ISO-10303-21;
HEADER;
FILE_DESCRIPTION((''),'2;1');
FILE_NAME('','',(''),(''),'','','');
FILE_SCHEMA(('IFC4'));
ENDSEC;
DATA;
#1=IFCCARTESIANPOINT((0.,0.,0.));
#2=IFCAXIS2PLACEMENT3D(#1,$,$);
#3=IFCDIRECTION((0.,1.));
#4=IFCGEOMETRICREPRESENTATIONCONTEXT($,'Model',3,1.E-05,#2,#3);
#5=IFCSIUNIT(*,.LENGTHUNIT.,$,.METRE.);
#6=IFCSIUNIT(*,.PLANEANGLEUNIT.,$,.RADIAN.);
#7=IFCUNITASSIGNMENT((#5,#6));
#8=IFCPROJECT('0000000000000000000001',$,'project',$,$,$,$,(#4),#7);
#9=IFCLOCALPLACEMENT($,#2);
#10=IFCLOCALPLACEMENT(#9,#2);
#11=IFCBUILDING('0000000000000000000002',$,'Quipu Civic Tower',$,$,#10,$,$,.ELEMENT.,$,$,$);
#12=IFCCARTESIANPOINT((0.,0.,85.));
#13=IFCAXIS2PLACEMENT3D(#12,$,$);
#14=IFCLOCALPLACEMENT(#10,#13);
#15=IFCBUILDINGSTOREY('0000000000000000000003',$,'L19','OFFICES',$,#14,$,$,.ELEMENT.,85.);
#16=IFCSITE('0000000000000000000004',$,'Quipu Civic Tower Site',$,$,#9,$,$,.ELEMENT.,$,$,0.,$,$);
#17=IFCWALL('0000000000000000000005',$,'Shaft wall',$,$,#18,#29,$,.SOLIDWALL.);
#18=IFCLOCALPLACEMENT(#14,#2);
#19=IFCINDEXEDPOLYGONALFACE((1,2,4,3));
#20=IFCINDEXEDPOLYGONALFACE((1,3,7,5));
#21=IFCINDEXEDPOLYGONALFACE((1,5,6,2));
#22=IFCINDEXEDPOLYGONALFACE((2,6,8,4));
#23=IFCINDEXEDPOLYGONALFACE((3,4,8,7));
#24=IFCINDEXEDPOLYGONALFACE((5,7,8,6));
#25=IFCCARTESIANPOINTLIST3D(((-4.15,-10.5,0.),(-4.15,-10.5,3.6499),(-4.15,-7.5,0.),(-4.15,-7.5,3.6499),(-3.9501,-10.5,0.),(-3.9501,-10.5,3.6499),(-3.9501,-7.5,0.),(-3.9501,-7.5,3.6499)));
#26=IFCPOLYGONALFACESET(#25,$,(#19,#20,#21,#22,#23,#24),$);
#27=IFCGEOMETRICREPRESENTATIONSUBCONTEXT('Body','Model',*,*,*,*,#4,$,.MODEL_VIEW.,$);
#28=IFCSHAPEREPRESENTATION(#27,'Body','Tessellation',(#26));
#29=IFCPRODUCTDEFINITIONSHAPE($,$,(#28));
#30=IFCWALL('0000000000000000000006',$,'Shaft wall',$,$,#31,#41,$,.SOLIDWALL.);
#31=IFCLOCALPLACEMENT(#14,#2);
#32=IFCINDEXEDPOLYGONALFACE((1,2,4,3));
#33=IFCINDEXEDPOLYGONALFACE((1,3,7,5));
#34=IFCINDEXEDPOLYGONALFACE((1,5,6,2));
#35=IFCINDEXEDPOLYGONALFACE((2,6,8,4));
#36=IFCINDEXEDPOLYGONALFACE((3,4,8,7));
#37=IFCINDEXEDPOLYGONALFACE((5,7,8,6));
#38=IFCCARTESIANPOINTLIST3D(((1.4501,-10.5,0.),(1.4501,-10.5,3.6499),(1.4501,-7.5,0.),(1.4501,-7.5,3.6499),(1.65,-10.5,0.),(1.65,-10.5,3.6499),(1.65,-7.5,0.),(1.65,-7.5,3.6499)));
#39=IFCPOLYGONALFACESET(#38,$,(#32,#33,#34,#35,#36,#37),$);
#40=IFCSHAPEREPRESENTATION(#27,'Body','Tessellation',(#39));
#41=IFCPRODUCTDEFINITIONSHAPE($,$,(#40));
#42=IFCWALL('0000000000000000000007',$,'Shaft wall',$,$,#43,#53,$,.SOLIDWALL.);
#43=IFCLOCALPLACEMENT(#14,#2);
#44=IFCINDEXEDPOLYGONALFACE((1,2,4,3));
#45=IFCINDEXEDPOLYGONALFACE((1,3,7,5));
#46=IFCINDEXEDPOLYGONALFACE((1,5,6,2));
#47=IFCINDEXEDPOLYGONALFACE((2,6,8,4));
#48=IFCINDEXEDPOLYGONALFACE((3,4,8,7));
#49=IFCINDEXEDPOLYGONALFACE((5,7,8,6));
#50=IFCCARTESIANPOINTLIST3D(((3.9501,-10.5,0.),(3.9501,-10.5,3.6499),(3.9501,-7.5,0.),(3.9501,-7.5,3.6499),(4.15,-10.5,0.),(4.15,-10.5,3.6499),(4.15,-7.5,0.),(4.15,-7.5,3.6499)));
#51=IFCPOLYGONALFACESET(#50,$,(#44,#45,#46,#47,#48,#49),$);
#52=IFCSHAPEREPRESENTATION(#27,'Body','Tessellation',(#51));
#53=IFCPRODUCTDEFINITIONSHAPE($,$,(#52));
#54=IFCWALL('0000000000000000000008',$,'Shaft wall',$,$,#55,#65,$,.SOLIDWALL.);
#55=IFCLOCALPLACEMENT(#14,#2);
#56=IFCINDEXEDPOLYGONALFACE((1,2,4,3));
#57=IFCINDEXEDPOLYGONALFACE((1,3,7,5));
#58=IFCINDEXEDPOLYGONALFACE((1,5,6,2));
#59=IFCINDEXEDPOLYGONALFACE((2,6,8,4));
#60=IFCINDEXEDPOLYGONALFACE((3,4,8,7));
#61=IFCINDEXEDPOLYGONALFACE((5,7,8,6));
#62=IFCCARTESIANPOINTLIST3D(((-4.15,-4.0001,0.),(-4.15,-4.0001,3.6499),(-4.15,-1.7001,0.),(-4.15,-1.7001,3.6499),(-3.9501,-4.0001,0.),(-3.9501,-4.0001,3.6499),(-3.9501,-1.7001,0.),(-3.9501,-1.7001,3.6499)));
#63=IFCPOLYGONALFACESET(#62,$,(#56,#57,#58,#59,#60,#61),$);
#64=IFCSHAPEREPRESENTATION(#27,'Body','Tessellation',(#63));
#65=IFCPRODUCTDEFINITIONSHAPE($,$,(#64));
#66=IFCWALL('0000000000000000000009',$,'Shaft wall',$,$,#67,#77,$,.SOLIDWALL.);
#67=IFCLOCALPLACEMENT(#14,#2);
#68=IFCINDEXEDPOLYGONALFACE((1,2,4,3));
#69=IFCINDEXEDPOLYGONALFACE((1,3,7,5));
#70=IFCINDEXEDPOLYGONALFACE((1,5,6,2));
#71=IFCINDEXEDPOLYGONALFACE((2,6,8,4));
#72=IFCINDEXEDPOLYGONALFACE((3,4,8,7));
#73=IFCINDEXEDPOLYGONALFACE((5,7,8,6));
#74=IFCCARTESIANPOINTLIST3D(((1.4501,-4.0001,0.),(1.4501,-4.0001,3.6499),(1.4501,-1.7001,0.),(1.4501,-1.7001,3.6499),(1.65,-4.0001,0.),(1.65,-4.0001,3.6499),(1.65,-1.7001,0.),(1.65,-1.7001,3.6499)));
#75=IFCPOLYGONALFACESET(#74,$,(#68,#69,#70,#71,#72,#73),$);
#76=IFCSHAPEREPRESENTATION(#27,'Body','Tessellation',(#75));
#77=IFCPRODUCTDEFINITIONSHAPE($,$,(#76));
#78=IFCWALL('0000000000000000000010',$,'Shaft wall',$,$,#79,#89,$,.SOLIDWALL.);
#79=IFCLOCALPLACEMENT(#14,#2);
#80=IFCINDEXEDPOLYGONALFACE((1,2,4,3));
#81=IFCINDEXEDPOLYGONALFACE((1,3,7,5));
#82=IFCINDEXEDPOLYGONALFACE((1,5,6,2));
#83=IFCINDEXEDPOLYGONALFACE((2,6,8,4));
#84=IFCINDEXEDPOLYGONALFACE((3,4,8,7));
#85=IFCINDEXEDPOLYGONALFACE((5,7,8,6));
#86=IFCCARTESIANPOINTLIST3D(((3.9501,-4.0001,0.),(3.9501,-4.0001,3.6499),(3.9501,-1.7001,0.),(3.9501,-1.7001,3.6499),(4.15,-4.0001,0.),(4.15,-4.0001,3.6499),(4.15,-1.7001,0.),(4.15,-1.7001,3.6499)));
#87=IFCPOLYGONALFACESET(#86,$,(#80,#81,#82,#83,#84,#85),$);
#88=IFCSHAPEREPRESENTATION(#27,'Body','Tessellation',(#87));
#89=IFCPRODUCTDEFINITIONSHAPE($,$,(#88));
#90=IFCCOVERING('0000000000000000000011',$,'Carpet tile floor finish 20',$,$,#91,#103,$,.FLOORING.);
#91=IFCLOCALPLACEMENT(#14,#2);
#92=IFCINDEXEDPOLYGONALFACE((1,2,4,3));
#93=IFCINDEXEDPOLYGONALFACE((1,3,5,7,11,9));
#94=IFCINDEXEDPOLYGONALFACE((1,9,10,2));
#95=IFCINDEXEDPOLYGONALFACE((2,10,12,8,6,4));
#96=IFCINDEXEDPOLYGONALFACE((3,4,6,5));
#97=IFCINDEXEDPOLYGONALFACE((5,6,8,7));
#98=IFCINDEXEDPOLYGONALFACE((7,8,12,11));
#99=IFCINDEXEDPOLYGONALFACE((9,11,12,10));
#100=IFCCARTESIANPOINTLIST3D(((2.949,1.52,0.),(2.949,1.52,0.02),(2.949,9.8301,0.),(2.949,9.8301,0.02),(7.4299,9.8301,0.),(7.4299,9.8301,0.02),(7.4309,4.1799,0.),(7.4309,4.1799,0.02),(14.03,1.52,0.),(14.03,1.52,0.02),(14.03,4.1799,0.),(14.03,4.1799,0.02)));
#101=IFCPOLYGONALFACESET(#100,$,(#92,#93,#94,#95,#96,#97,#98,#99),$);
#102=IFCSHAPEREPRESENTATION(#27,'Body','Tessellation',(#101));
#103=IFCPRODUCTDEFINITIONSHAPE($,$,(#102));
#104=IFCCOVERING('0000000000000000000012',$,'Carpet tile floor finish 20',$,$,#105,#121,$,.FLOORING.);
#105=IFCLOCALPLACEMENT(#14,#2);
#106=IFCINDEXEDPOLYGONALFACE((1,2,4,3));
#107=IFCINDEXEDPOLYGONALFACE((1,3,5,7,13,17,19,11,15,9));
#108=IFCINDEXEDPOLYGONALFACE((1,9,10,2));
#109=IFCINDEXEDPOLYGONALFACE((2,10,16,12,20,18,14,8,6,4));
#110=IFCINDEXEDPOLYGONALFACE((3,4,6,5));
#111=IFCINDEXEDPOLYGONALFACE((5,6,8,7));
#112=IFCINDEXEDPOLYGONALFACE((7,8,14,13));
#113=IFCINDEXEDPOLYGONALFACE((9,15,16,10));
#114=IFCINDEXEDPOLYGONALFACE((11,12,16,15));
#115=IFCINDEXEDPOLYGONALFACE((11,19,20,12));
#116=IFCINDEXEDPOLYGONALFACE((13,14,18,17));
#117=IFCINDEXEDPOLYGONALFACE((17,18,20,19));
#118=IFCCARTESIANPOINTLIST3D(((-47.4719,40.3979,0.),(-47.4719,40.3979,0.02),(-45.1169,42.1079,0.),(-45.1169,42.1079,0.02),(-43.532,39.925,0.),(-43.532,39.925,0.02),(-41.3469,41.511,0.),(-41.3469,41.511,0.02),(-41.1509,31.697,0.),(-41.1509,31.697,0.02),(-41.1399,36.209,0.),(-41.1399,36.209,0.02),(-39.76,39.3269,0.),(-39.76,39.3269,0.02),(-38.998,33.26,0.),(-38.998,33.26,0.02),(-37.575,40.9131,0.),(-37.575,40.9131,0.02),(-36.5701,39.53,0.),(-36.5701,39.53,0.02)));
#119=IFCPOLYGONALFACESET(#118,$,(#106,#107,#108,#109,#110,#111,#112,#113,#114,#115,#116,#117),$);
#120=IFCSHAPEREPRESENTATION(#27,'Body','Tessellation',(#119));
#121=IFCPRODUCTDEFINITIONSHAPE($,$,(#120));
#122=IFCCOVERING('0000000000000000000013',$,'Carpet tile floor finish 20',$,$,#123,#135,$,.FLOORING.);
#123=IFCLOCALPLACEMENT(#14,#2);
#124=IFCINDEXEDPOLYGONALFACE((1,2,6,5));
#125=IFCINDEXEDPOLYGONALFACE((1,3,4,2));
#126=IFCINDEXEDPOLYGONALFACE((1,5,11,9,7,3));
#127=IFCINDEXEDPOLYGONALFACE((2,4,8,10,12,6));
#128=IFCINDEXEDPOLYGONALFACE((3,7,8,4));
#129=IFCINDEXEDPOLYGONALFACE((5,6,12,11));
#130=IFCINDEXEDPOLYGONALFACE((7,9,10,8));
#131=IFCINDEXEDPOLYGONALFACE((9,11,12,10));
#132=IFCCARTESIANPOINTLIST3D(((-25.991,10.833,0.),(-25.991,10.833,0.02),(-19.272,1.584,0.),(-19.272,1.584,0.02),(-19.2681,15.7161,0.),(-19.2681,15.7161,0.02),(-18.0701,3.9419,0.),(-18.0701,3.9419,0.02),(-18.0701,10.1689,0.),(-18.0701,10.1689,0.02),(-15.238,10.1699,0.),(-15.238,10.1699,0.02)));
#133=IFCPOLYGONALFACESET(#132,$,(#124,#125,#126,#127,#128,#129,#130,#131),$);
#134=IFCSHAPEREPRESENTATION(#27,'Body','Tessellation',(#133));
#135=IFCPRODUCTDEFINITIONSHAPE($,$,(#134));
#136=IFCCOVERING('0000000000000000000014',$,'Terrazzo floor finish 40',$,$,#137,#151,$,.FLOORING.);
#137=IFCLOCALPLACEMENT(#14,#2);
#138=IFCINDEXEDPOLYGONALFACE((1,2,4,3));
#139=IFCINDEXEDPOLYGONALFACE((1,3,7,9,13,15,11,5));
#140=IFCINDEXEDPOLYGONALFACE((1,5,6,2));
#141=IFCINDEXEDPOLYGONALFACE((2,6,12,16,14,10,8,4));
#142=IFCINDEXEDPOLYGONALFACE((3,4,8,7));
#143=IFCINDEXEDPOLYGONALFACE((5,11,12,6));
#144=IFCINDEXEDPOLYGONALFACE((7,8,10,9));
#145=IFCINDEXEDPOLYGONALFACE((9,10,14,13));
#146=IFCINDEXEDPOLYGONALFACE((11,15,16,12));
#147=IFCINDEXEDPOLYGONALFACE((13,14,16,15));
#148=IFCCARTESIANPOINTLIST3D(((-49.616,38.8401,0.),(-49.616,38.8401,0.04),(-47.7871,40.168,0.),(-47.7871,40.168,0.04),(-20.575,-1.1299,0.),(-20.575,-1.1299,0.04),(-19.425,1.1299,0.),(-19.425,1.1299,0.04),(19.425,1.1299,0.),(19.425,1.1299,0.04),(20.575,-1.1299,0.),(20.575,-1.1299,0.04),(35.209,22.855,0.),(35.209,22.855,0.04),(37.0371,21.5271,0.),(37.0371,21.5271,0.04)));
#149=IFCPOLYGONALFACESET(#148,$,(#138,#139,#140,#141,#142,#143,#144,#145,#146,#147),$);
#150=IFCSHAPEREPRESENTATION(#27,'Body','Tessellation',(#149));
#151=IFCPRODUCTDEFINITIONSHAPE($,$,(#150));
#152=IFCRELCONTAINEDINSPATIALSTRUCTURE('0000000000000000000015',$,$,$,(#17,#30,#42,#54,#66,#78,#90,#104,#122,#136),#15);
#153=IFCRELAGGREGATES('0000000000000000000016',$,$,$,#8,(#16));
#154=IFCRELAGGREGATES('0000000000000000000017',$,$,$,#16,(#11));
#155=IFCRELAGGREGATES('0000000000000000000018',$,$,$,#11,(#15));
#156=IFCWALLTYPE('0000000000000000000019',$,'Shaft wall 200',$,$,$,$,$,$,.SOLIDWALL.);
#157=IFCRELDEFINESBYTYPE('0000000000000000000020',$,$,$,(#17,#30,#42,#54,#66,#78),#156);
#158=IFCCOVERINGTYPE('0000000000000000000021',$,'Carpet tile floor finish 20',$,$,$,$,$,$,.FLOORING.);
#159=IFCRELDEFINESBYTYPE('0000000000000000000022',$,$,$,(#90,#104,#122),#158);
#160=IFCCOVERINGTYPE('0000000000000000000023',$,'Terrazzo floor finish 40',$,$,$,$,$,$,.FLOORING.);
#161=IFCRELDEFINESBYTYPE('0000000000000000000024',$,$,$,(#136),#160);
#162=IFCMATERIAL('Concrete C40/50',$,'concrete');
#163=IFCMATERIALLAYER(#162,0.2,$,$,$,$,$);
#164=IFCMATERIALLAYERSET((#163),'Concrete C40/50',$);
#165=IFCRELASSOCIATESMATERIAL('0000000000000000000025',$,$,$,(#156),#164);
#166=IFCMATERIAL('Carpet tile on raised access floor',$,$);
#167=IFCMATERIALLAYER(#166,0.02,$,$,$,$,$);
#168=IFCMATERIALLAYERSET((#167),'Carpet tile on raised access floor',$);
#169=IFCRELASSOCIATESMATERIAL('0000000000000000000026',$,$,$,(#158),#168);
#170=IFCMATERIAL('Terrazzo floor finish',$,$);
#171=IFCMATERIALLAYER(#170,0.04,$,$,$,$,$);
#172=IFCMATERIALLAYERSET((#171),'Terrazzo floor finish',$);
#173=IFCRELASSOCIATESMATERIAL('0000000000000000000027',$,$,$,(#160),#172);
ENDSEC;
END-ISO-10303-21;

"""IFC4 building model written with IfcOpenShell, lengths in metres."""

from ifc_helpers import new_model, si_unit, direction, frame, frame_2d, origin, place, context, subcontext, project, spatial, polyline, rectangle, outline, extrude, material, layer, layer_set, type_object, element, save


model = new_model("IFC4")

# Units and contexts
model_context = context("Model", 3, precision=1e-05, world=origin(), true_north=direction((0.0, 1.0)))
body_context = subcontext(model_context, "Body", "Model", "MODEL_VIEW")
ifc_project = project(units=[si_unit("LENGTHUNIT", "METRE"), si_unit("PLANEANGLEUNIT", "RADIAN")], contexts=[model_context])

# Site, building, storey
site_placement = place(None, origin())
site = spatial("IfcSite", under=ifc_project, at=site_placement, Name="Quipu Civic Tower Site", CompositionType="ELEMENT", RefElevation=0.0)
building_placement = place(site_placement, origin())
building = spatial("IfcBuilding", under=site, at=building_placement, Name="Quipu Civic Tower", CompositionType="ELEMENT")
storey_placement = place(building_placement, frame((0.0, 0.0, 85.0)))
storey = spatial("IfcBuildingStorey", under=building, at=storey_placement, Name="L19", Description="OFFICES", CompositionType="ELEMENT", Elevation=85.0)

# Walls
ifc_material_1 = material(Name="Concrete C40/50", Category="concrete")
ifc_layer_1 = layer(ifc_material_1, 0.2)
ifc_layer_set_1 = layer_set([ifc_layer_1], Name="Concrete C40/50")
wall_type_1 = type_object("IfcWallType", Name="Shaft wall 200", PredefinedType="SOLIDWALL", material=ifc_layer_set_1)
for number, where, z_axis, x_axis, name in (
    (1, (-4.05, -10.5, 0.0), (0.0, 0.0, 1.0), (0.0, 1.0, 0.0), "Shaft wall"),
    (2, (1.55, -10.5, 0.0), (0.0, 0.0, 1.0), (0.0, 1.0, 0.0), "Shaft wall"),
    (3, (4.05, -10.5, 0.0), (0.0, 0.0, 1.0), (0.0, 1.0, 0.0), "Shaft wall"),
):
    element("IfcWall", number, at=place(storey_placement, frame(where, z_axis=z_axis, x_axis=x_axis)), inside=storey, type_object=wall_type_1, Name=name, PredefinedType="SOLIDWALL", context=body_context, shape_type="SweptSolid", body=[
        extrude(rectangle(XDim=3.0, YDim=0.2, at=frame_2d((1.5, 0.0))), origin(), (0.0, 0.0, 1.0), 3.6499),
    ])
for number, where, z_axis, x_axis, name in (
    (4, (-4.05, -4.0, 0.0), (0.0, 0.0, 1.0), (0.0, 1.0, 0.0), "Shaft wall"),
    (5, (1.55, -4.0, 0.0), (0.0, 0.0, 1.0), (0.0, 1.0, 0.0), "Shaft wall"),
    (6, (4.05, -4.0, 0.0), (0.0, 0.0, 1.0), (0.0, 1.0, 0.0), "Shaft wall"),
):
    element("IfcWall", number, at=place(storey_placement, frame(where, z_axis=z_axis, x_axis=x_axis)), inside=storey, type_object=wall_type_1, Name=name, PredefinedType="SOLIDWALL", context=body_context, shape_type="SweptSolid", body=[
        extrude(rectangle(XDim=2.3, YDim=0.2, at=frame_2d((1.1499, 0.0))), origin(), (0.0, 0.0, 1.0), 3.6499),
    ])

# Coverings
ifc_material_2 = material(Name="Carpet tile on raised access floor")
ifc_layer_2 = layer(ifc_material_2, 0.02)
ifc_layer_set_2 = layer_set([ifc_layer_2], Name="Carpet tile on raised access floor")
covering_type_1 = type_object("IfcCoveringType", Name="Carpet tile floor finish 20", PredefinedType="FLOORING", material=ifc_layer_set_2)
covering_1_placement = place(storey_placement, origin())
element("IfcCovering", 7, at=covering_1_placement, inside=storey, type_object=covering_type_1, Name="Carpet tile floor finish 20", PredefinedType="FLOORING", context=body_context, shape_type="SweptSolid", body=[
    extrude(outline(polyline([(2.949, 1.52), (2.949, 9.8301), (7.4299, 9.8301), (7.4309, 4.1799), (14.03, 4.1799), (14.03, 1.52), (2.949, 1.52)])), origin(), (0.0, 0.0, 1.0), 0.02),
])
covering_2_placement = place(storey_placement, origin())
element("IfcCovering", 8, at=covering_2_placement, inside=storey, type_object=covering_type_1, Name="Carpet tile floor finish 20", PredefinedType="FLOORING", context=body_context, shape_type="SweptSolid", body=[
    extrude(outline(polyline([(-47.4719, 40.3979), (-45.1169, 42.1079), (-43.532, 39.925), (-41.3469, 41.511), (-39.76, 39.3269), (-37.575, 40.9131), (-36.5701, 39.53), (-41.1399, 36.209), (-38.998, 33.26), (-41.1509, 31.697), (-47.4719, 40.3979)])), origin(), (0.0, 0.0, 1.0), 0.02),
])
covering_3_placement = place(storey_placement, origin())
element("IfcCovering", 9, at=covering_3_placement, inside=storey, type_object=covering_type_1, Name="Carpet tile floor finish 20", PredefinedType="FLOORING", context=body_context, shape_type="SweptSolid", body=[
    extrude(outline(polyline([(-25.991, 10.833), (-19.2681, 15.7161), (-15.238, 10.1699), (-18.0701, 10.1689), (-18.0701, 3.9419), (-19.272, 1.584), (-25.991, 10.833)])), origin(), (0.0, 0.0, 1.0), 0.02),
])
ifc_material_3 = material(Name="Terrazzo floor finish")
ifc_layer_3 = layer(ifc_material_3, 0.04)
ifc_layer_set_3 = layer_set([ifc_layer_3], Name="Terrazzo floor finish")
covering_type_2 = type_object("IfcCoveringType", Name="Terrazzo floor finish 40", PredefinedType="FLOORING", material=ifc_layer_set_3)
covering_4_placement = place(storey_placement, origin())
element("IfcCovering", 10, at=covering_4_placement, inside=storey, type_object=covering_type_2, Name="Terrazzo floor finish 40", PredefinedType="FLOORING", context=body_context, shape_type="SweptSolid", body=[
    extrude(outline(polyline([(20.575, -1.1299), (-20.575, -1.1299), (-49.616, 38.8401), (-47.7871, 40.168), (-19.425, 1.1299), (19.425, 1.1299), (35.209, 22.855), (37.0371, 21.5271), (20.575, -1.1299)])), origin(), (0.0, 0.0, 1.0), 0.04),
])

save(model, "model.ifc")
